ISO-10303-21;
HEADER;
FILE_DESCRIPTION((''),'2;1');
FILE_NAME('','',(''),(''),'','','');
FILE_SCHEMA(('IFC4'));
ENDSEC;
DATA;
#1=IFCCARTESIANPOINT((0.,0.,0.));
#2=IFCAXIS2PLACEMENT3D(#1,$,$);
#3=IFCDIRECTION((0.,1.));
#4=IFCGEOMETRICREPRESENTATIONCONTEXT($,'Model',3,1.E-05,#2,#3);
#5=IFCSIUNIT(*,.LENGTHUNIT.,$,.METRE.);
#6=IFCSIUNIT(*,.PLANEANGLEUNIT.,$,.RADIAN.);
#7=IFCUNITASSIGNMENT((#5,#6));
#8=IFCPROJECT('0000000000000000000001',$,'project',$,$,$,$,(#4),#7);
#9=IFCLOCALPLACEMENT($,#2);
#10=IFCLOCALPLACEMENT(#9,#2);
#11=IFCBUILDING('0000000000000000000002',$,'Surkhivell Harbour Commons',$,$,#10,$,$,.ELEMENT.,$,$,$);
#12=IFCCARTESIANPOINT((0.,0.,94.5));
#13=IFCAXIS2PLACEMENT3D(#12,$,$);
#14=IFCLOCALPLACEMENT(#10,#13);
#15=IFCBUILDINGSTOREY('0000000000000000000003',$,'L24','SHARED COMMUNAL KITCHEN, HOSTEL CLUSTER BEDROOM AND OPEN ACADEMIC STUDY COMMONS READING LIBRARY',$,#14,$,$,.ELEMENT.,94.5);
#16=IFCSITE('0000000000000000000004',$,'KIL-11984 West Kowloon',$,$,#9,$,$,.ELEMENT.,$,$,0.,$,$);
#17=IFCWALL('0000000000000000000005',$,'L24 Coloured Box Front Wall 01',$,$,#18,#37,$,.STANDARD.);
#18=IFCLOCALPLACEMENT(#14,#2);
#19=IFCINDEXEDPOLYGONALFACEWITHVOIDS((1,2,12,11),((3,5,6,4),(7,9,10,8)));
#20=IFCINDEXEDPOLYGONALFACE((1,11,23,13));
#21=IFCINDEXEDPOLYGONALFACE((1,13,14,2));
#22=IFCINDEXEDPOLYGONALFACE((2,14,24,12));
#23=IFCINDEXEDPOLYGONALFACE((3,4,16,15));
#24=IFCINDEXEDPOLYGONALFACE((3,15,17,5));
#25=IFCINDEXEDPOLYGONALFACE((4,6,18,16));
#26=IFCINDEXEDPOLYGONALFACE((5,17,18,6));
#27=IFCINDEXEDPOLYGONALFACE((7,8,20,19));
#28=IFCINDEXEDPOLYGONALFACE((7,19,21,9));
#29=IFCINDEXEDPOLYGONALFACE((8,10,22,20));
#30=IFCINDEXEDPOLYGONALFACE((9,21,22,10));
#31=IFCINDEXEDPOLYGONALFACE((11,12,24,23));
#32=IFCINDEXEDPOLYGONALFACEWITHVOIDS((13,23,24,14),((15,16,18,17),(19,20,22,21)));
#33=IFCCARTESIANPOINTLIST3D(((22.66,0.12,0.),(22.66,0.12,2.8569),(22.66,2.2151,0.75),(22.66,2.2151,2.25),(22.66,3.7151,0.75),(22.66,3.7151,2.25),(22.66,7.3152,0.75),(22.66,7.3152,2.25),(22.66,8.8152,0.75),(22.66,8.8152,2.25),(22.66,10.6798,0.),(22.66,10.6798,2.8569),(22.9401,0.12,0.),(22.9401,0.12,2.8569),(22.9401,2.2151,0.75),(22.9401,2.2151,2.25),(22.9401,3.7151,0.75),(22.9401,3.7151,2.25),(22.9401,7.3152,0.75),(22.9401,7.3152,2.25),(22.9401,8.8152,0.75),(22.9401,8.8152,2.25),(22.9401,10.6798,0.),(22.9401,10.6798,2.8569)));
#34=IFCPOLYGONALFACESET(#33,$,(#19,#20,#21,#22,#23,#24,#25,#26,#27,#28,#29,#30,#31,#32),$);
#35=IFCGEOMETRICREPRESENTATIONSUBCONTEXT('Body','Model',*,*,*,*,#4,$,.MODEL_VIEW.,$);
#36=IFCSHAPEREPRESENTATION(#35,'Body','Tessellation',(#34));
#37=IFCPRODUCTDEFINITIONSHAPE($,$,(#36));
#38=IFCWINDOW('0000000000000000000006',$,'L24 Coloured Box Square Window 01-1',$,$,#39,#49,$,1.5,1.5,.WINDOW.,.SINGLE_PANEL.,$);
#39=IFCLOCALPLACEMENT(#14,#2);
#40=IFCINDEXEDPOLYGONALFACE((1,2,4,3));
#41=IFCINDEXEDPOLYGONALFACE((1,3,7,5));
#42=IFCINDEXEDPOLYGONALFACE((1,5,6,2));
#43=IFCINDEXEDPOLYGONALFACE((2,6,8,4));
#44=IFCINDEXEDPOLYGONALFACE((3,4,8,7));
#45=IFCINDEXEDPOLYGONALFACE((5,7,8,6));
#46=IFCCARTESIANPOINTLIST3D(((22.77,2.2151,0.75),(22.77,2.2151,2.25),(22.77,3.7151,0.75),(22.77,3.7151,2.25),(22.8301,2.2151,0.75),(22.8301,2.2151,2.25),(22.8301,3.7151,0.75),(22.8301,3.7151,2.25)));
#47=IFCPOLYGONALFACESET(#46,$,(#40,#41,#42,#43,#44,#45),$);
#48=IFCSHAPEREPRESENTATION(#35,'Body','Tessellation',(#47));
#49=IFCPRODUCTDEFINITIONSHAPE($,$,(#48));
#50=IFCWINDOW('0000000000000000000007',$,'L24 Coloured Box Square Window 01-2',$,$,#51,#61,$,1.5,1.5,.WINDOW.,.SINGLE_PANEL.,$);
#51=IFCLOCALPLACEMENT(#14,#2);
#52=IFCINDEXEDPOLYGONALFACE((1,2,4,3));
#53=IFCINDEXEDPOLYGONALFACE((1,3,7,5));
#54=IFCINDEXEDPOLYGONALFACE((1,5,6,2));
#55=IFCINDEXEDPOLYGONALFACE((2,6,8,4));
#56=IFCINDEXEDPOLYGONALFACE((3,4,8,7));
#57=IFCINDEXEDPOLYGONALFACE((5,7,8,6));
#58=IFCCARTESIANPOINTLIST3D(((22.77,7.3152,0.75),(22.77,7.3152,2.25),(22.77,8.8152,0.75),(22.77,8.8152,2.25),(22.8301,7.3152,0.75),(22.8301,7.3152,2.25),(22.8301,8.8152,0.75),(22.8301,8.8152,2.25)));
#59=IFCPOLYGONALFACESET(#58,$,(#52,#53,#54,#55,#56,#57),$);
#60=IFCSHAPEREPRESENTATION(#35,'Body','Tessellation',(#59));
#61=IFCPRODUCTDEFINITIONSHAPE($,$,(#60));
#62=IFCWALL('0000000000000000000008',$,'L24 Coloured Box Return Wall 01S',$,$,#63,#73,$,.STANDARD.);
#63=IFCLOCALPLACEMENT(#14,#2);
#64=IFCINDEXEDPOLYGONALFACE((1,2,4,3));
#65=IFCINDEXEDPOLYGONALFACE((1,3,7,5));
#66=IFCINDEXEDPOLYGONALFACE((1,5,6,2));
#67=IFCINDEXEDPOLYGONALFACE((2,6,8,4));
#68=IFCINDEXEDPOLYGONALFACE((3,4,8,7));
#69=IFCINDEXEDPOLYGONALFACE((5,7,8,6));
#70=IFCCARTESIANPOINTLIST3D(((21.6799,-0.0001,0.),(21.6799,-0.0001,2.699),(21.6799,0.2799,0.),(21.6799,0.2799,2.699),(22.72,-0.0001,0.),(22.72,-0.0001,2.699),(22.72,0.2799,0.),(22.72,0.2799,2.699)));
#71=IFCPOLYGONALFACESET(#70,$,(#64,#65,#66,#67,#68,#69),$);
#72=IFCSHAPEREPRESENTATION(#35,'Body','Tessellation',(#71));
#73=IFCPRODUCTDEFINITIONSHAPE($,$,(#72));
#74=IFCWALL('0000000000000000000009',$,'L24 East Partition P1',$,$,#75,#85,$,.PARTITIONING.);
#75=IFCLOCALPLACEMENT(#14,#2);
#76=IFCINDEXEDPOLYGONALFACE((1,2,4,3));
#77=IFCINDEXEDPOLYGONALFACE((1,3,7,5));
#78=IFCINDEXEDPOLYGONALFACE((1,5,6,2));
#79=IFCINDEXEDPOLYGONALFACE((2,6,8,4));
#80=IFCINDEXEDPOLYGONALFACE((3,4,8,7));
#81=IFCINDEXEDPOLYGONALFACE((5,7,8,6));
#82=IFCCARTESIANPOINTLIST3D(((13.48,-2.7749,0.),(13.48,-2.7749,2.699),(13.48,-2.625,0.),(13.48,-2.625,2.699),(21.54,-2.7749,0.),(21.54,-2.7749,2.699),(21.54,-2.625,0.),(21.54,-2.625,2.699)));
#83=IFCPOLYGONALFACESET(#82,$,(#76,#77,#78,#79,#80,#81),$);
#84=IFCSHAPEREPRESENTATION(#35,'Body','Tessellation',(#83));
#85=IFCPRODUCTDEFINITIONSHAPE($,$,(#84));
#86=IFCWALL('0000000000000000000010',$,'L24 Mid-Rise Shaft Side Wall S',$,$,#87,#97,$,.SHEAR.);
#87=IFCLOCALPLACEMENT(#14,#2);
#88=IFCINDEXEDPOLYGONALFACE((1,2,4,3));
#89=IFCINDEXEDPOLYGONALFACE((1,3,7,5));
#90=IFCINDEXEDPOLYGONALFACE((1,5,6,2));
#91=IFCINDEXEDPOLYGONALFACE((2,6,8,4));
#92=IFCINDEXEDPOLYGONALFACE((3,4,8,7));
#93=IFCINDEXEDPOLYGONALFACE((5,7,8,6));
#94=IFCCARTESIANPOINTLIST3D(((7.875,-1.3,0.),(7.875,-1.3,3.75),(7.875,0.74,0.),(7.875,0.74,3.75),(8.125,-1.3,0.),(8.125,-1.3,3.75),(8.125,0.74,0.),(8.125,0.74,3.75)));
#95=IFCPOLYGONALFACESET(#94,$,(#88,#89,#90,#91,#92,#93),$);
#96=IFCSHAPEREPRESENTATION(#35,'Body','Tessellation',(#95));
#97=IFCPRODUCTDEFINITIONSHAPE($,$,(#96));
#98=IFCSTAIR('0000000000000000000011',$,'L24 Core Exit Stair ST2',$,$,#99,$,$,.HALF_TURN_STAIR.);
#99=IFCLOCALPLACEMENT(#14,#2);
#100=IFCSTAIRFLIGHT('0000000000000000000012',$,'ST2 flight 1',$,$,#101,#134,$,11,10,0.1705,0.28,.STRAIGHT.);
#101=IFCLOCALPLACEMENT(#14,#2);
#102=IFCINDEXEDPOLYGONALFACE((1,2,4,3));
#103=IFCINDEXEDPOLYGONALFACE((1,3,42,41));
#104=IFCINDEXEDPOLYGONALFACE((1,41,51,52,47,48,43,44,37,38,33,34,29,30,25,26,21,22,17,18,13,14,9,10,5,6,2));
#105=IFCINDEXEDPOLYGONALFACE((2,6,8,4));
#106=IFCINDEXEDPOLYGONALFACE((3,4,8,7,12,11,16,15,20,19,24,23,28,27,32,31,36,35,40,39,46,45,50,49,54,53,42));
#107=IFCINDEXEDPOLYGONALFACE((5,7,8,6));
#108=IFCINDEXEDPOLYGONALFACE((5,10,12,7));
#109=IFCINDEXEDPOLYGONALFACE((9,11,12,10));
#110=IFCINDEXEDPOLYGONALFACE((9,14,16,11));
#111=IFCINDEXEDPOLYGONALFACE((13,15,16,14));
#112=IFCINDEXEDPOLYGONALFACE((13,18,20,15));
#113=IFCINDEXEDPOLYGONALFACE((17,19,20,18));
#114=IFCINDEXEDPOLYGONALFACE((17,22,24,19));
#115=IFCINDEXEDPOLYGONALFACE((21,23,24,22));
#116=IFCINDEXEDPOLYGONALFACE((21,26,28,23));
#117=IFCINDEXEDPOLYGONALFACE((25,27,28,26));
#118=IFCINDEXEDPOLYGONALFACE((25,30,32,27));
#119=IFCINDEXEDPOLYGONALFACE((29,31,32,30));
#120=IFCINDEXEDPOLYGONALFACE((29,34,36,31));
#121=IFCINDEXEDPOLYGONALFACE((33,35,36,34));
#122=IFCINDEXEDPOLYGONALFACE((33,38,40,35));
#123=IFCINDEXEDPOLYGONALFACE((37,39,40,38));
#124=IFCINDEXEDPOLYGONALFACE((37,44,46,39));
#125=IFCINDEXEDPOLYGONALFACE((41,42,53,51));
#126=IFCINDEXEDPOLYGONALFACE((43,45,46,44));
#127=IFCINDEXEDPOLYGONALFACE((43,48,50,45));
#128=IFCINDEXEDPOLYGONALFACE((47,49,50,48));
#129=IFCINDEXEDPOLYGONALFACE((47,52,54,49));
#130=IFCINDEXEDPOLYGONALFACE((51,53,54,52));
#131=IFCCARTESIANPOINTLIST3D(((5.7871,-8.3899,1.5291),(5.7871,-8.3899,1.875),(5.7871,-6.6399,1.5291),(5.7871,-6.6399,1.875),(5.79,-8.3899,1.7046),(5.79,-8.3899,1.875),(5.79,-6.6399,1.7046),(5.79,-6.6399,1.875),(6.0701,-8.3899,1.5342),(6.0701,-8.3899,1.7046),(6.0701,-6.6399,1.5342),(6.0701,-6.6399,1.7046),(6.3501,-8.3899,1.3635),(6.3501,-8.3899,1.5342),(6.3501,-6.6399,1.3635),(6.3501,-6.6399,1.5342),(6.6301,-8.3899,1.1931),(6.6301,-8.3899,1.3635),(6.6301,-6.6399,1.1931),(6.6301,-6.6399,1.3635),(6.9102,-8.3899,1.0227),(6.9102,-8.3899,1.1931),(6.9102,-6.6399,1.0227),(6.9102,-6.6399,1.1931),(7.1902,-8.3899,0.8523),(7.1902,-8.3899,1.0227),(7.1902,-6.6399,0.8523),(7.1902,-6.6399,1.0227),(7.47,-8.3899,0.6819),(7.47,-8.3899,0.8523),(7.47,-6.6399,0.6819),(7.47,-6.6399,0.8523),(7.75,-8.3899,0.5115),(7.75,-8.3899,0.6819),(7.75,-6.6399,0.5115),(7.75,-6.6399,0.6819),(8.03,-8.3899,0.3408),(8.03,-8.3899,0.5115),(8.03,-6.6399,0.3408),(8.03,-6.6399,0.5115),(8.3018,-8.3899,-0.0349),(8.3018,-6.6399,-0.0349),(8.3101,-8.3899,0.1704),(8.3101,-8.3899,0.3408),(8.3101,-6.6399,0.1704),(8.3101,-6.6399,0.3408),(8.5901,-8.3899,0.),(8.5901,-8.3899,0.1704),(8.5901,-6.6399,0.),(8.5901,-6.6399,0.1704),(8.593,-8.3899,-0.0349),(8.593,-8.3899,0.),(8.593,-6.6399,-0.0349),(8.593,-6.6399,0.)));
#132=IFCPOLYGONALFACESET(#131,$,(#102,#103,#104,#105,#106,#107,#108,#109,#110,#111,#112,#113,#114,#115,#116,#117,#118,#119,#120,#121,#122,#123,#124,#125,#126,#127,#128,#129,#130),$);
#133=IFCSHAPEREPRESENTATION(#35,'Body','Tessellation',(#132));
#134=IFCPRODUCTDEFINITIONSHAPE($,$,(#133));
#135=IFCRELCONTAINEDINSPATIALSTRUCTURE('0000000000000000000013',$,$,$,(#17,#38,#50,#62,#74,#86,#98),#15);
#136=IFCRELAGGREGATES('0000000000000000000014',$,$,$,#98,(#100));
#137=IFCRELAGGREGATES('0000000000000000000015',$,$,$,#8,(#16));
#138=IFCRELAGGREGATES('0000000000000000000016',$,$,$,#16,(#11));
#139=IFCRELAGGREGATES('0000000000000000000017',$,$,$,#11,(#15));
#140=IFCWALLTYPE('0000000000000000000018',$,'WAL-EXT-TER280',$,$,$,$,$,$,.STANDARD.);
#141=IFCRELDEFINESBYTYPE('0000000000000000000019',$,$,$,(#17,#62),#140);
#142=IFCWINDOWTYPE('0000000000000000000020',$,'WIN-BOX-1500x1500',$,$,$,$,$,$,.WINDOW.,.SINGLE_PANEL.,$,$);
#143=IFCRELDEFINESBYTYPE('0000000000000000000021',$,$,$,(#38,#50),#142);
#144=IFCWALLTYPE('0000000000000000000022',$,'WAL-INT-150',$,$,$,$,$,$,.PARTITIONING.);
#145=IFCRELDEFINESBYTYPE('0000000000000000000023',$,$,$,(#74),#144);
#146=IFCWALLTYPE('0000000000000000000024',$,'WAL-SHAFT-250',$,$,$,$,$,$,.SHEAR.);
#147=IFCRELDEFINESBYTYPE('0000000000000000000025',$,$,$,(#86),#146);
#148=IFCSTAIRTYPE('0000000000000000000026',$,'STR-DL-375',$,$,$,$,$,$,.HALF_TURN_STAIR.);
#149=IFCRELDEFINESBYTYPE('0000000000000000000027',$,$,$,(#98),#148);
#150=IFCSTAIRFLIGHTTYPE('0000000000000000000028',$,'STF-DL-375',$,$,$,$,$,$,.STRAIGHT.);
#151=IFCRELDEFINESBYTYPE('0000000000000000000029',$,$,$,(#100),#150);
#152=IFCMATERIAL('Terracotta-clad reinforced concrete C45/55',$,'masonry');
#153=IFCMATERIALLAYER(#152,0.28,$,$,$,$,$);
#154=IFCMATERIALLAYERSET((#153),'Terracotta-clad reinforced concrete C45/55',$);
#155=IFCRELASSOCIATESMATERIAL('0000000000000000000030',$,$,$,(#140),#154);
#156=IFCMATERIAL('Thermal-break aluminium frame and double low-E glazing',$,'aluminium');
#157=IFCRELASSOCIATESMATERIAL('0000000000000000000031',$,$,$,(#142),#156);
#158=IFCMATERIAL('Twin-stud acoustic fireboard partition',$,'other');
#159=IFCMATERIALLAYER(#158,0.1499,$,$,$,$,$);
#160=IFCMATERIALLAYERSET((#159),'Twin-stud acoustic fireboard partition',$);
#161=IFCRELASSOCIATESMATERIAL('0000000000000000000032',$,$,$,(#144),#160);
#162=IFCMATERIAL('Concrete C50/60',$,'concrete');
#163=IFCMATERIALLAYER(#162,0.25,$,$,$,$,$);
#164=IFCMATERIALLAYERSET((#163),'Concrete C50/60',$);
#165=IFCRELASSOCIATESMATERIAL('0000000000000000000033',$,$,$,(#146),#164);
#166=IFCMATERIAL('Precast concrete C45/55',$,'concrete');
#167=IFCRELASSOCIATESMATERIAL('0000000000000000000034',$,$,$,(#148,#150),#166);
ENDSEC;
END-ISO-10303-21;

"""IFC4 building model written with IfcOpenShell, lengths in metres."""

from ifc_helpers import new_model, si_unit, direction, frame, frame_2d, origin, place, context, subcontext, project, spatial, polyline, rectangle, outline, extrude, material, layer, layer_set, type_object, element, fill, aggregate, save


model = new_model("IFC4")

# Units and contexts
model_context = context("Model", 3, precision=1e-05, world=origin(), true_north=direction((0.0, 1.0)))
body_context = subcontext(model_context, "Body", "Model", "MODEL_VIEW")
ifc_project = project(units=[si_unit("LENGTHUNIT", "METRE"), si_unit("PLANEANGLEUNIT", "RADIAN")], contexts=[model_context])

# Site, building, storey
site_placement = place(None, origin())
site = spatial("IfcSite", under=ifc_project, at=site_placement, Name="KIL-11984 West Kowloon", CompositionType="ELEMENT", RefElevation=0.0)
building_placement = place(site_placement, origin())
building = spatial("IfcBuilding", under=site, at=building_placement, Name="Surkhivell Harbour Commons", CompositionType="ELEMENT")
storey_placement = place(building_placement, frame((0.0, 0.0, 94.5)))
storey = spatial("IfcBuildingStorey", under=building, at=storey_placement, Name="L24", Description="SHARED COMMUNAL KITCHEN, HOSTEL CLUSTER BEDROOM AND OPEN ACADEMIC STUDY COMMONS READING LIBRARY", CompositionType="ELEMENT", Elevation=94.5)

# Wall, openings, windows
ifc_material_1 = material(Name="Terracotta-clad reinforced concrete C45/55", Category="masonry")
ifc_layer_1 = layer(ifc_material_1, 0.28)
ifc_layer_set_1 = layer_set([ifc_layer_1], Name="Terracotta-clad reinforced concrete C45/55")
wall_type_1 = type_object("IfcWallType", Name="WAL-EXT-TER280", PredefinedType="STANDARD", material=ifc_layer_set_1)
wall_1_placement = place(storey_placement, frame((22.8, 0.1201, 0.0), z_axis=(0.0, 0.0, 1.0), x_axis=(0.0, 1.0, 0.0)))
wall_1 = element("IfcWall", 1, at=wall_1_placement, inside=storey, type_object=wall_type_1, Name="L24 Coloured Box Front Wall 01", PredefinedType="STANDARD", context=body_context, shape_type="SweptSolid", body=[
    extrude(rectangle(XDim=10.5598, YDim=0.28, at=frame_2d((5.2798, 0.0))), origin(), (0.0, 0.0, 1.0), 2.8569),
])
opening_1_placement = place(wall_1_placement, frame((2.095, 0.0, 0.75)))
opening_1 = element("IfcOpeningElement", 2, at=opening_1_placement, cuts=wall_1, PredefinedType="OPENING", context=body_context, shape_type="SweptSolid", body=[
    extrude(rectangle(XDim=1.5, YDim=1.5, at=frame_2d((0.75, 0.75))), frame((0.0, 0.1499, 0.0), z_axis=(0.0, -1.0, 0.0), x_axis=(1.0, 0.0, 0.0)), (0.0, 0.0, 1.0), 0.3),
])
opening_2_placement = place(wall_1_placement, frame((7.1951, 0.0, 0.75)))
opening_2 = element("IfcOpeningElement", 3, at=opening_2_placement, cuts=wall_1, PredefinedType="OPENING", context=body_context, shape_type="SweptSolid", body=[
    extrude(rectangle(XDim=1.5, YDim=1.5, at=frame_2d((0.75, 0.75))), frame((0.0, 0.1499, 0.0), z_axis=(0.0, -1.0, 0.0), x_axis=(1.0, 0.0, 0.0)), (0.0, 0.0, 1.0), 0.3),
])
ifc_material_2 = material(Name="Thermal-break aluminium frame and double low-E glazing", Category="aluminium")
window_type = type_object("IfcWindowType", Name="WIN-BOX-1500x1500", PartitioningType="SINGLE_PANEL", PredefinedType="WINDOW", material=ifc_material_2)
window_1_placement = place(opening_1_placement, origin())
window_1 = element("IfcWindow", 4, at=window_1_placement, inside=storey, type_object=window_type, Name="L24 Coloured Box Square Window 01-1", OverallHeight=1.5, OverallWidth=1.5, PartitioningType="SINGLE_PANEL", PredefinedType="WINDOW", context=body_context, shape_type="SweptSolid", body=[
    extrude(rectangle(XDim=1.5, YDim=1.5, at=frame_2d((0.75, 0.75))), frame((0.0, 0.03, 0.0), z_axis=(0.0, -1.0, 0.0), x_axis=(1.0, 0.0, 0.0)), (0.0, 0.0, 1.0), 0.0601),
])
fill(opening_1, window_1)
window_2_placement = place(opening_2_placement, origin())
window_2 = element("IfcWindow", 5, at=window_2_placement, inside=storey, type_object=window_type, Name="L24 Coloured Box Square Window 01-2", OverallHeight=1.5, OverallWidth=1.5, PartitioningType="SINGLE_PANEL", PredefinedType="WINDOW", context=body_context, shape_type="SweptSolid", body=[
    extrude(rectangle(XDim=1.5, YDim=1.5, at=frame_2d((0.75, 0.75))), frame((0.0, 0.03, 0.0), z_axis=(0.0, -1.0, 0.0), x_axis=(1.0, 0.0, 0.0)), (0.0, 0.0, 1.0), 0.0601),
])
fill(opening_2, window_2)

# Walls
wall_2_placement = place(storey_placement, frame((21.6799, 0.1399, 0.0), z_axis=(0.0, 0.0, 1.0), x_axis=(1.0, 0.0, 0.0)))
element("IfcWall", 6, at=wall_2_placement, inside=storey, type_object=wall_type_1, Name="L24 Coloured Box Return Wall 01S", PredefinedType="STANDARD", context=body_context, shape_type="SweptSolid", body=[
    extrude(rectangle(XDim=1.04, YDim=0.28, at=frame_2d((0.52, 0.0))), origin(), (0.0, 0.0, 1.0), 2.699),
])
ifc_material_3 = material(Name="Twin-stud acoustic fireboard partition", Category="other")
ifc_layer_2 = layer(ifc_material_3, 0.1499)
ifc_layer_set_2 = layer_set([ifc_layer_2], Name="Twin-stud acoustic fireboard partition")
wall_type_2 = type_object("IfcWallType", Name="WAL-INT-150", PredefinedType="PARTITIONING", material=ifc_layer_set_2)
wall_3_placement = place(storey_placement, frame((13.48, -2.7, 0.0), z_axis=(0.0, 0.0, 1.0), x_axis=(1.0, 0.0, 0.0)))
element("IfcWall", 7, at=wall_3_placement, inside=storey, type_object=wall_type_2, Name="L24 East Partition P1", PredefinedType="PARTITIONING", context=body_context, shape_type="SweptSolid", body=[
    extrude(rectangle(XDim=8.0601, YDim=0.1499, at=frame_2d((4.03, 0.0))), origin(), (0.0, 0.0, 1.0), 2.699),
])
ifc_material_4 = material(Name="Concrete C50/60", Category="concrete")
ifc_layer_3 = layer(ifc_material_4, 0.25)
ifc_layer_set_3 = layer_set([ifc_layer_3], Name="Concrete C50/60")
wall_type_3 = type_object("IfcWallType", Name="WAL-SHAFT-250", PredefinedType="SHEAR", material=ifc_layer_set_3)
wall_4_placement = place(storey_placement, frame((8.0, -1.3, 0.0), z_axis=(0.0, 0.0, 1.0), x_axis=(0.0, 1.0, 0.0)))
element("IfcWall", 8, at=wall_4_placement, inside=storey, type_object=wall_type_3, Name="L24 Mid-Rise Shaft Side Wall S", PredefinedType="SHEAR", context=body_context, shape_type="SweptSolid", body=[
    extrude(rectangle(XDim=2.04, YDim=0.25, at=frame_2d((1.02, 0.0))), origin(), (0.0, 0.0, 1.0), 3.75),
])

# Stair, stair flight
ifc_material_5 = material(Name="Precast concrete C45/55", Category="concrete")
stair_type = type_object("IfcStairType", Name="STR-DL-375", PredefinedType="HALF_TURN_STAIR", material=ifc_material_5)
stair_placement = place(storey_placement, origin())
stair = element("IfcStair", 9, at=stair_placement, inside=storey, type_object=stair_type, Name="L24 Core Exit Stair ST2", PredefinedType="HALF_TURN_STAIR")
stair_flight_type = type_object("IfcStairFlightType", Name="STF-DL-375", PredefinedType="STRAIGHT", material=ifc_material_5)
stair_flight_placement = place(storey_placement, frame((8.5901, -7.5149, 0.0), z_axis=(0.0, 0.0, 1.0), x_axis=(-1.0, 0.0, 0.0)))
stair_flight = element("IfcStairFlight", 10, at=stair_flight_placement, type_object=stair_flight_type, Name="ST2 flight 1", NumberOfRisers=11, NumberOfTreads=10, PredefinedType="STRAIGHT", RiserHeight=0.1705, TreadLength=0.28, context=body_context, shape_type="SweptSolid", body=[
    extrude(outline(polyline([(-0.0029, -0.0349), (-0.0029, 0.0), (0.0, 0.0), (0.0, 0.1704), (0.28, 0.1704), (0.28, 0.3408), (0.5601, 0.3408), (0.5601, 0.5115), (0.8401, 0.5115), (0.8401, 0.6819), (1.1201, 0.6819), (1.1201, 0.8523), (1.3999, 0.8523), (1.3999, 1.0227), (1.6799, 1.0227), (1.6799, 1.1931), (1.96, 1.1931), (1.96, 1.3635), (2.24, 1.3635), (2.24, 1.5342), (2.52, 1.5342), (2.52, 1.7046), (2.8, 1.7046), (2.8, 1.875), (2.803, 1.875), (2.803, 1.5291), (0.2883, -0.0349), (-0.0029, -0.0349)])), frame((0.0, 0.875, 0.0), z_axis=(0.0, -1.0, 0.0), x_axis=(1.0, 0.0, 0.0)), (0.0, 0.0, 1.0), 1.75),
])
aggregate(stair, [stair_flight])

save(model, "model.ifc")
